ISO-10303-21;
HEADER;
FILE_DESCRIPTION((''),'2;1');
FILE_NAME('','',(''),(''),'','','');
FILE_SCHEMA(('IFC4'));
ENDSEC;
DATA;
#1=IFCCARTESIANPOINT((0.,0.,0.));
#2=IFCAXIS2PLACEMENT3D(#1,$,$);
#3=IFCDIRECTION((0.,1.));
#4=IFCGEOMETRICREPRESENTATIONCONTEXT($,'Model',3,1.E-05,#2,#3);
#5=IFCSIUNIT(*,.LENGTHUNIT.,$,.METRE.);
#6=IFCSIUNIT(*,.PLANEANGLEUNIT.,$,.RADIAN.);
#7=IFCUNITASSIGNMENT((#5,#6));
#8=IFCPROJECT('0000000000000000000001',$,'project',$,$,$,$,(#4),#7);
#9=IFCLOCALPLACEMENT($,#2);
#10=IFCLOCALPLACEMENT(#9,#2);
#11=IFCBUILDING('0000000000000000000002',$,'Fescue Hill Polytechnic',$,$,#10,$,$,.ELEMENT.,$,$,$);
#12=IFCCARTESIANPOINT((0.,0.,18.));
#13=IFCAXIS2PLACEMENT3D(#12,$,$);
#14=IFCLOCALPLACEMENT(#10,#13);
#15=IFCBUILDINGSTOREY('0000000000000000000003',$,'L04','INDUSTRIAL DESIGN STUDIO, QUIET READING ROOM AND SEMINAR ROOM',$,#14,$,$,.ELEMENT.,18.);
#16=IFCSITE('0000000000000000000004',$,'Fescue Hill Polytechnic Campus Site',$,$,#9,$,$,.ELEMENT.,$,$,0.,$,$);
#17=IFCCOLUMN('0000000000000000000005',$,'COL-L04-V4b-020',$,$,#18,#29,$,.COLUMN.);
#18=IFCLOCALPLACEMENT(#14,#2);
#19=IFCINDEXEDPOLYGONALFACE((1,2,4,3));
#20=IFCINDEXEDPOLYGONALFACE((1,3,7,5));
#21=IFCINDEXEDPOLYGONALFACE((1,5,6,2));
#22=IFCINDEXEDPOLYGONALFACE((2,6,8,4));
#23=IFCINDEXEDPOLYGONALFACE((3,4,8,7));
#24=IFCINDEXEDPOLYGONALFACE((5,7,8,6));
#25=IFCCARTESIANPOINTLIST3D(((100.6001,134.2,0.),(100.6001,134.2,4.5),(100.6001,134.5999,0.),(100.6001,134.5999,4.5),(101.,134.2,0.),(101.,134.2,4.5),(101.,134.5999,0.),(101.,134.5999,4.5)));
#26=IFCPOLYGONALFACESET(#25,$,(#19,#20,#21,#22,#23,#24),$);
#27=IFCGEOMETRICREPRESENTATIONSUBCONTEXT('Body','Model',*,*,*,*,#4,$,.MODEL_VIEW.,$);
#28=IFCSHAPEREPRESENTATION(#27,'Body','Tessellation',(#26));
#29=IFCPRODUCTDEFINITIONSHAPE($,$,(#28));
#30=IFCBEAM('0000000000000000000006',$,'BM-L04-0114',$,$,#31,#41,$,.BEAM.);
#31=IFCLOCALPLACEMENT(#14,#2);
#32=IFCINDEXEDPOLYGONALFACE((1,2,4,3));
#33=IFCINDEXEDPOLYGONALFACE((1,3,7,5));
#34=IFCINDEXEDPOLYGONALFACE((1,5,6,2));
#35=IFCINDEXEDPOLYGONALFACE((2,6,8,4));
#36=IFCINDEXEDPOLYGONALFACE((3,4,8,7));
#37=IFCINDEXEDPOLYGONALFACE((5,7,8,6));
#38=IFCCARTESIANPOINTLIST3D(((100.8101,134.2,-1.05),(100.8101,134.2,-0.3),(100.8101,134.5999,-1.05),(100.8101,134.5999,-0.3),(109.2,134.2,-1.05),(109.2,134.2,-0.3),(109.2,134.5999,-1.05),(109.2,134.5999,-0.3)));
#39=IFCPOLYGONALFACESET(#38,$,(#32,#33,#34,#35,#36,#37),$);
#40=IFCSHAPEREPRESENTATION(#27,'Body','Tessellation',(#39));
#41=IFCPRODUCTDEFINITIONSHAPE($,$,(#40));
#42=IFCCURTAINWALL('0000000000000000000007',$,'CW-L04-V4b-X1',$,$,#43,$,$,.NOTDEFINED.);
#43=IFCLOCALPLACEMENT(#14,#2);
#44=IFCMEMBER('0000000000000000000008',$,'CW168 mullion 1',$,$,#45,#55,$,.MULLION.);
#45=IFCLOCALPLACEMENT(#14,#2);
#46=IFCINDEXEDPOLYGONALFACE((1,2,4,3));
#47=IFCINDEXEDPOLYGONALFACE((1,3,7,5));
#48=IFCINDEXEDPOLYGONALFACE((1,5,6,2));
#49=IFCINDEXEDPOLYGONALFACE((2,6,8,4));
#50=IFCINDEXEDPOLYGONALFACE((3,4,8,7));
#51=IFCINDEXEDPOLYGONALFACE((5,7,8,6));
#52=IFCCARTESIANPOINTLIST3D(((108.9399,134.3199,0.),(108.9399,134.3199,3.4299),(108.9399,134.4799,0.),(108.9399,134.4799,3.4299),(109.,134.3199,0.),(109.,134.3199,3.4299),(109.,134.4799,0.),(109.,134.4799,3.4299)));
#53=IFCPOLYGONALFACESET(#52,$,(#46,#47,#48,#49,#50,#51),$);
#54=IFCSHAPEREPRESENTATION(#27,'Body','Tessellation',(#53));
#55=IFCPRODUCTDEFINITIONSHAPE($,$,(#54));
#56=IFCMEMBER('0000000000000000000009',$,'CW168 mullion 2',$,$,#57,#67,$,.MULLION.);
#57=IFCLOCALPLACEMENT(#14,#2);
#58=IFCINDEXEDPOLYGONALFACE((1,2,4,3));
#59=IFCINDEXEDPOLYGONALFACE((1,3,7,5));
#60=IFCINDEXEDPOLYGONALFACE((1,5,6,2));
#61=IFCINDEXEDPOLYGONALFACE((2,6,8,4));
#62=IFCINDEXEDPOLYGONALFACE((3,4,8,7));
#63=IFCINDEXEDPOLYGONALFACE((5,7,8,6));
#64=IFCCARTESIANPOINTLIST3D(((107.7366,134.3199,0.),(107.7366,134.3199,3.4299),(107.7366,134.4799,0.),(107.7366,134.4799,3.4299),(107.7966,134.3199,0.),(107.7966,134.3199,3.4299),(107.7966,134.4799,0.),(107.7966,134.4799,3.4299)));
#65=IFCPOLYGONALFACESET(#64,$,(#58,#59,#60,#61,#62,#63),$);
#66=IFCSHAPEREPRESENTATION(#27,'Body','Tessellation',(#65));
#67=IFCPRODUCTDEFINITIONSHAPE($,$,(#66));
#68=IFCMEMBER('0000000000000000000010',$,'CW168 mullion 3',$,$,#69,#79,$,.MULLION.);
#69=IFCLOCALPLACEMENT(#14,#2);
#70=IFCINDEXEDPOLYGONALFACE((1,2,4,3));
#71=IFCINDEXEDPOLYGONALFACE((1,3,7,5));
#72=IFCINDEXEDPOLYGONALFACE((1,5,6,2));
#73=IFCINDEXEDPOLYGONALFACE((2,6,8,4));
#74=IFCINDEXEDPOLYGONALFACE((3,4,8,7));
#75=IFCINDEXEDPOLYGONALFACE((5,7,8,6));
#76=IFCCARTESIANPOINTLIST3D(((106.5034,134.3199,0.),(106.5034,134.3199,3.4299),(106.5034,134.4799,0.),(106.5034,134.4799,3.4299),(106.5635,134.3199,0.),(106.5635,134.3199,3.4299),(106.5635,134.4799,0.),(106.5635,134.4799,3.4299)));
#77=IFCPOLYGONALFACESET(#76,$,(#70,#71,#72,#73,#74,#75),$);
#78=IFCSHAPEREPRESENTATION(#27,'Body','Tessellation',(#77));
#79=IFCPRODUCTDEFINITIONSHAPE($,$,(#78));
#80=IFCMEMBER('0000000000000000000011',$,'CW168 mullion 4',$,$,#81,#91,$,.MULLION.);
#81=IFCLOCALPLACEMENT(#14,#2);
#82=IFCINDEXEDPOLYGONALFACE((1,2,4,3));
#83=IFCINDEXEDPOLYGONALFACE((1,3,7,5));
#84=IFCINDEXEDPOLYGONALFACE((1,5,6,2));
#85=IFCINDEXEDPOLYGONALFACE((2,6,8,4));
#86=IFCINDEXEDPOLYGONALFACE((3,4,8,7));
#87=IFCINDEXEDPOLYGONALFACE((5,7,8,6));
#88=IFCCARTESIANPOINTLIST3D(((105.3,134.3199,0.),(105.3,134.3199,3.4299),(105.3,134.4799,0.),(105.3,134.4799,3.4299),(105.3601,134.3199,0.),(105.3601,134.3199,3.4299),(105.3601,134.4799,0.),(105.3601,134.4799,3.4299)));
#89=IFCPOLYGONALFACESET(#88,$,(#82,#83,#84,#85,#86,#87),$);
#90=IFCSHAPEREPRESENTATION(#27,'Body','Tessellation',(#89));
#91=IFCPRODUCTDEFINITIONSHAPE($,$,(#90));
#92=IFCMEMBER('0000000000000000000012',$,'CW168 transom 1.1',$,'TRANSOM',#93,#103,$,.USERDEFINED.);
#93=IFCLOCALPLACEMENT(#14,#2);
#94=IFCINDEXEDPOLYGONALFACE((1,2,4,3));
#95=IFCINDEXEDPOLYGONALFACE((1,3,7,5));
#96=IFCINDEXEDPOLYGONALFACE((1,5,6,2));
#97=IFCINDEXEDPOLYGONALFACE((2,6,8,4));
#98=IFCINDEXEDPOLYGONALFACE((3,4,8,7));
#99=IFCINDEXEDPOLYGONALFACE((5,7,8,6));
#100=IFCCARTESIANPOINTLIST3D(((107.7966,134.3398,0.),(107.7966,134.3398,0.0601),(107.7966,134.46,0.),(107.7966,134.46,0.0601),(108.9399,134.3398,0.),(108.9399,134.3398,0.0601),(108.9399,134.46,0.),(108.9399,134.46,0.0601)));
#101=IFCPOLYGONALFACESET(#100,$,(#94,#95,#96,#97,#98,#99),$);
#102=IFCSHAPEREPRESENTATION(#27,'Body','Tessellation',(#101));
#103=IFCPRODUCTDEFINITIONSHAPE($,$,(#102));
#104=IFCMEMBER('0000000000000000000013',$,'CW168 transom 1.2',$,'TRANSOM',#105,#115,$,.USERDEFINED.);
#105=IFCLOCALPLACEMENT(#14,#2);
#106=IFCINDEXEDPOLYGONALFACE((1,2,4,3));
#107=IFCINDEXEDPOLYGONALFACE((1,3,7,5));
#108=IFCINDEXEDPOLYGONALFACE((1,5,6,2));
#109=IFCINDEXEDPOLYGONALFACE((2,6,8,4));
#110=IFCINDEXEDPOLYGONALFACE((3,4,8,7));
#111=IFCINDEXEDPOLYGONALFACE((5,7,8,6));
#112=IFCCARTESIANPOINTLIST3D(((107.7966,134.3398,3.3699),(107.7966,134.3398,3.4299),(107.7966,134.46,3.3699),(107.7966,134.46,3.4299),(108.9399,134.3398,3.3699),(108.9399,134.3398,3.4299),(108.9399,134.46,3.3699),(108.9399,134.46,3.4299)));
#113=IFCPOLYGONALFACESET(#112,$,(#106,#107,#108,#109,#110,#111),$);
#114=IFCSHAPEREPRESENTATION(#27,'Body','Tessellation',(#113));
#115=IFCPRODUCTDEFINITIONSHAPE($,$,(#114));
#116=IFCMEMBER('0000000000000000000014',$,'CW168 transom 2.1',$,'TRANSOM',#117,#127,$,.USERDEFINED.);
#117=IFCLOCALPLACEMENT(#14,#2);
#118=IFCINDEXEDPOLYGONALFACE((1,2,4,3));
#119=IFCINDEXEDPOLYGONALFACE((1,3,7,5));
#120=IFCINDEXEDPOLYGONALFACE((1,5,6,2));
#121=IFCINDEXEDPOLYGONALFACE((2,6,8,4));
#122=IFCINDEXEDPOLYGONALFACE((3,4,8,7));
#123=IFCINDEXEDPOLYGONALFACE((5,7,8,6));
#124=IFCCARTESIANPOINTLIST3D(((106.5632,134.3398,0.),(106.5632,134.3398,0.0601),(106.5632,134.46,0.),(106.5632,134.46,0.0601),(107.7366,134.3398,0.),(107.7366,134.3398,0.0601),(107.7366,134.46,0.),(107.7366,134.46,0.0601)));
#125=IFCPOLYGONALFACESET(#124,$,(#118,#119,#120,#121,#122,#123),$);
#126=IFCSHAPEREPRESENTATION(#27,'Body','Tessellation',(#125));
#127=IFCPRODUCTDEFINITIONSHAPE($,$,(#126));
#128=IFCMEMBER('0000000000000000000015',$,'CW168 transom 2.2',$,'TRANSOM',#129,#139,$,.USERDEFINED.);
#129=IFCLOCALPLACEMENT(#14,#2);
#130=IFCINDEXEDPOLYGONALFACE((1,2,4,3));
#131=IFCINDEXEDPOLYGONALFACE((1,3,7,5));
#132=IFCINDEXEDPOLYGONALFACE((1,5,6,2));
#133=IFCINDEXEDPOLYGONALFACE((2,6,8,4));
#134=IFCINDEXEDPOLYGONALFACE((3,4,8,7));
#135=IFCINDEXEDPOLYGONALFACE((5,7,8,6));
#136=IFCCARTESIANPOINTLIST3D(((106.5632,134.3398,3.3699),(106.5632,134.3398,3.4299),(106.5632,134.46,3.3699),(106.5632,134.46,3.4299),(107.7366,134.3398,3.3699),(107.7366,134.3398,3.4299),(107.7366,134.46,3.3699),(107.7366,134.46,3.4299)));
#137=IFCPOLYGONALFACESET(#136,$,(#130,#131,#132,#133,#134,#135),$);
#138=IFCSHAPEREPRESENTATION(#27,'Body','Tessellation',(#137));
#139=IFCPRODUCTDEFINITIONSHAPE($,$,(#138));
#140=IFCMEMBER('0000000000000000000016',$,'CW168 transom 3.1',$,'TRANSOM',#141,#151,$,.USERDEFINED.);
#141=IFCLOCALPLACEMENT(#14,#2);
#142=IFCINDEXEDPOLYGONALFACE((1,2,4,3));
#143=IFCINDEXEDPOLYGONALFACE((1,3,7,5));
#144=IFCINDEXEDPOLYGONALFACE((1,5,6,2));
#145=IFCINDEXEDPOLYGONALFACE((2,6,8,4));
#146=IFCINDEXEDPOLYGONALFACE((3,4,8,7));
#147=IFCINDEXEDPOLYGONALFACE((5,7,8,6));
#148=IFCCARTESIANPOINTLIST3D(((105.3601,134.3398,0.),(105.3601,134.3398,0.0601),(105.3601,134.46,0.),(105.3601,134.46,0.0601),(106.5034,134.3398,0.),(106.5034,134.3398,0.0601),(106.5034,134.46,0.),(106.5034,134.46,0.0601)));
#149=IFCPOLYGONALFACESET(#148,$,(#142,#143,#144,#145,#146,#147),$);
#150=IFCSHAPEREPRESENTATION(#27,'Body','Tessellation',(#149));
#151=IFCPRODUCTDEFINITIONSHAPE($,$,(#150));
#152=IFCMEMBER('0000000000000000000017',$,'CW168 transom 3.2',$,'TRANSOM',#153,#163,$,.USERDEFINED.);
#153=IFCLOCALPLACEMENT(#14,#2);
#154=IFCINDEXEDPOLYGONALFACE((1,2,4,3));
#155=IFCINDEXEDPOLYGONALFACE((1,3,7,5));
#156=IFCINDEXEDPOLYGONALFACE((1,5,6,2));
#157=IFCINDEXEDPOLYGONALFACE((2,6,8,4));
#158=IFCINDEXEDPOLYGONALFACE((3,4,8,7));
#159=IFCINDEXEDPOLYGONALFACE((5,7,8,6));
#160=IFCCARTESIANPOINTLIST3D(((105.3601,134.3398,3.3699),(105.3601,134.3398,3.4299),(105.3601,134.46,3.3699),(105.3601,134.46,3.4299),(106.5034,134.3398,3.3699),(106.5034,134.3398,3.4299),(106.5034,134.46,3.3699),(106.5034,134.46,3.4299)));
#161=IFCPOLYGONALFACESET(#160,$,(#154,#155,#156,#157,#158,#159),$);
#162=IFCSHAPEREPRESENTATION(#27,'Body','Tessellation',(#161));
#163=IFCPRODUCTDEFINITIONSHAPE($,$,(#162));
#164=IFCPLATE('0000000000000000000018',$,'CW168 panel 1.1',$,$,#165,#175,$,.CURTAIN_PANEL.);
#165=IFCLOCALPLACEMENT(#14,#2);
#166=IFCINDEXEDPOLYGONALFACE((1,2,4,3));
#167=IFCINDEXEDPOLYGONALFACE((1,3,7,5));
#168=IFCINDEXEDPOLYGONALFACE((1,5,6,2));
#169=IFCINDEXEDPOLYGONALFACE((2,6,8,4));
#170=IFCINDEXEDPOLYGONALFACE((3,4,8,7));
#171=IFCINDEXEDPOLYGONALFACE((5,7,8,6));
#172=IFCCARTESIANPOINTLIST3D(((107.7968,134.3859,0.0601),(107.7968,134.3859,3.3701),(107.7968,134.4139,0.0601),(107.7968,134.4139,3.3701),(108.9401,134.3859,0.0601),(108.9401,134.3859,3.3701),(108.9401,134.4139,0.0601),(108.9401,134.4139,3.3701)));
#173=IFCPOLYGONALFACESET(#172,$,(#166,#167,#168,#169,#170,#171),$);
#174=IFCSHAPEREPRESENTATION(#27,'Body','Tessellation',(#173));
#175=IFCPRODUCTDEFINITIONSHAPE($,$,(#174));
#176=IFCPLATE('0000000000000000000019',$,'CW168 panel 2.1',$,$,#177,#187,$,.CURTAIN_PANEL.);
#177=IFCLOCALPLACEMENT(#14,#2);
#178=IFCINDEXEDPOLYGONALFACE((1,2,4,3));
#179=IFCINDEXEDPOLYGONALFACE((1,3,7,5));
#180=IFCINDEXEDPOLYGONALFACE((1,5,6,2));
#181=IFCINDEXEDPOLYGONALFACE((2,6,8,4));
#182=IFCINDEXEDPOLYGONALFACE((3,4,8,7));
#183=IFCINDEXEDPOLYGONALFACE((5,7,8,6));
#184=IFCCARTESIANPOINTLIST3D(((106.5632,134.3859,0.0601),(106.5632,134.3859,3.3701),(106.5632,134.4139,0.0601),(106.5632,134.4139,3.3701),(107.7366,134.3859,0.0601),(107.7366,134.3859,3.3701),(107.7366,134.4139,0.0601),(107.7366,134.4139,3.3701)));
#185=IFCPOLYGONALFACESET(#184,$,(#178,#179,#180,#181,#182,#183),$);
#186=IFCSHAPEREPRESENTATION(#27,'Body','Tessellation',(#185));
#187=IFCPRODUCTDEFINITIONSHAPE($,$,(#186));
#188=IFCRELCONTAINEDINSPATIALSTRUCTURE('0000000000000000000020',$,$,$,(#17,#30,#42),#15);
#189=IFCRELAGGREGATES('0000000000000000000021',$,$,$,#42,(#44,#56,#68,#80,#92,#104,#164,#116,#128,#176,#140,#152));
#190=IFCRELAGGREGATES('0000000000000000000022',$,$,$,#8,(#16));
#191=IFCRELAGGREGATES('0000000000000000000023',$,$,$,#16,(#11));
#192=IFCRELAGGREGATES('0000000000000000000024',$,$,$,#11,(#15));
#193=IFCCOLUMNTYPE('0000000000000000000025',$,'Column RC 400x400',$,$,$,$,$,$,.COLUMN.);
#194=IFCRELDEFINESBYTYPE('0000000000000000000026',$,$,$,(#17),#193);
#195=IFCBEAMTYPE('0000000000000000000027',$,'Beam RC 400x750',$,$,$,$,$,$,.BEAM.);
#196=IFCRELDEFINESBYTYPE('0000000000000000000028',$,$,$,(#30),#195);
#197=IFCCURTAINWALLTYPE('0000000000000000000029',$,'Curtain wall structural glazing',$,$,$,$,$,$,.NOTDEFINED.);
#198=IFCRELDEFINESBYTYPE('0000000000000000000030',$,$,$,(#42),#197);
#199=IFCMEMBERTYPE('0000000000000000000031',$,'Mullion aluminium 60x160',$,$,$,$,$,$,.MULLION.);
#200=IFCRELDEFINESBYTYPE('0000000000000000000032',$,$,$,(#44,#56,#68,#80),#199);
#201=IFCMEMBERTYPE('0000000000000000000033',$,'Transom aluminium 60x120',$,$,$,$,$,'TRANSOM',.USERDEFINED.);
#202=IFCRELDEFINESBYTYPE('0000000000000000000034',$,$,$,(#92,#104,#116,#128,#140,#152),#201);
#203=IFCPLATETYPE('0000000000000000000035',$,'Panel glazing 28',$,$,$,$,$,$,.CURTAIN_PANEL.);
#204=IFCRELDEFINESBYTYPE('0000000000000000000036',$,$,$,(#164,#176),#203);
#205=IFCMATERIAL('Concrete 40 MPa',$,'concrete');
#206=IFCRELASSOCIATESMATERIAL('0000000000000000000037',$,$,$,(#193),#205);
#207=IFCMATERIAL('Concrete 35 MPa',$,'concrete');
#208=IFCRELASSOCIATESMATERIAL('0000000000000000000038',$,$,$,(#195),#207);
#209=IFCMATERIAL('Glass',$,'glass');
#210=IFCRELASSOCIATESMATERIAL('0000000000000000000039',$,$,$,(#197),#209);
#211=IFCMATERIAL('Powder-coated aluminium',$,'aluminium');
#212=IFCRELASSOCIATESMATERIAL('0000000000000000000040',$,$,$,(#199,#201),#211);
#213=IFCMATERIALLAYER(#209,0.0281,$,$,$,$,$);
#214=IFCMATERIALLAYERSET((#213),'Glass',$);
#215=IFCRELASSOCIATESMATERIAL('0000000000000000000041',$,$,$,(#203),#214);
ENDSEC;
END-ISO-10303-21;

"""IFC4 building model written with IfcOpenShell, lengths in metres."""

from ifc_helpers import new_model, si_unit, direction, frame, origin, origin_2d, place, context, subcontext, project, spatial, rectangle, extrude, material, layer, layer_set, material_profile, profile_set, type_object, element, aggregate, save


model = new_model("IFC4")

# Units and contexts
model_context = context("Model", 3, precision=1e-05, world=origin(), true_north=direction((0.0, 1.0)))
body_context = subcontext(model_context, "Body", "Model", "MODEL_VIEW")
ifc_project = project(units=[si_unit("LENGTHUNIT", "METRE"), si_unit("PLANEANGLEUNIT", "RADIAN")], contexts=[model_context])

# Site, building, storey
site_placement = place(None, origin())
site = spatial("IfcSite", under=ifc_project, at=site_placement, Name="Fescue Hill Polytechnic Campus Site", CompositionType="ELEMENT", RefElevation=0.0)
building_placement = place(site_placement, origin())
building = spatial("IfcBuilding", under=site, at=building_placement, Name="Fescue Hill Polytechnic", CompositionType="ELEMENT")
storey_placement = place(building_placement, frame((0.0, 0.0, 18.0)))
storey = spatial("IfcBuildingStorey", under=building, at=storey_placement, Name="L04", Description="INDUSTRIAL DESIGN STUDIO, QUIET READING ROOM AND SEMINAR ROOM", CompositionType="ELEMENT", Elevation=18.0)

# Column
ifc_material_1 = material(Name="Concrete 40 MPa", Category="concrete")
ifc_material_profile_1 = material_profile(ifc_material_1, rectangle(XDim=0.3999, YDim=0.3999, at=origin_2d()), Name="RC 400x400")
ifc_profile_set_1 = profile_set([ifc_material_profile_1], Name="Concrete 40 MPa")
column_type = type_object("IfcColumnType", Name="Column RC 400x400", PredefinedType="COLUMN", material=ifc_profile_set_1)
column_placement = place(storey_placement, frame((100.8, 134.3999, 0.0), z_axis=(0.0, 0.0, 1.0), x_axis=(1.0, 0.0, 0.0)))
element("IfcColumn", 1, at=column_placement, inside=storey, type_object=column_type, Name="COL-L04-V4b-020", PredefinedType="COLUMN", context=body_context, shape_type="SweptSolid", body=[
    extrude(rectangle(XDim=0.3999, YDim=0.3999, at=origin_2d()), origin(), (0.0, 0.0, 1.0), 4.5),
])

# Beam
ifc_material_2 = material(Name="Concrete 35 MPa", Category="concrete")
ifc_material_profile_2 = material_profile(ifc_material_2, rectangle(XDim=0.3999, YDim=0.75, at=origin_2d()), Name="RC 400x750")
ifc_profile_set_2 = profile_set([ifc_material_profile_2], Name="Concrete 35 MPa")
beam_type = type_object("IfcBeamType", Name="Beam RC 400x750", PredefinedType="BEAM", material=ifc_profile_set_2)
beam_placement = place(storey_placement, frame((100.8101, 134.3999, -0.675), z_axis=(1.0, 0.0, 0.0), x_axis=(0.0, 1.0, 0.0)))
element("IfcBeam", 2, at=beam_placement, inside=storey, type_object=beam_type, Name="BM-L04-0114", PredefinedType="BEAM", context=body_context, shape_type="SweptSolid", body=[
    extrude(rectangle(XDim=0.3999, YDim=0.75, at=origin_2d()), origin(), (0.0, 0.0, 1.0), 8.3899),
])

# Curtain wall, members, plates
ifc_material_3 = material(Name="Glass", Category="glass")
curtain_wall_type = type_object("IfcCurtainWallType", Name="Curtain wall structural glazing", PredefinedType="NOTDEFINED", material=ifc_material_3)
curtain_wall_placement = place(storey_placement, origin())
curtain_wall = element("IfcCurtainWall", 3, at=curtain_wall_placement, inside=storey, type_object=curtain_wall_type, Name="CW-L04-V4b-X1", PredefinedType="NOTDEFINED")
ifc_material_4 = material(Name="Powder-coated aluminium", Category="aluminium")
ifc_material_profile_3 = material_profile(ifc_material_4, rectangle(XDim=0.1599, YDim=0.0601, at=origin_2d()), Name="Mullion aluminium 60x160")
ifc_profile_set_3 = profile_set([ifc_material_profile_3], Name="Powder-coated aluminium")
member_type_1 = type_object("IfcMemberType", Name="Mullion aluminium 60x160", PredefinedType="MULLION", material=ifc_profile_set_3)
member_1_placement = place(storey_placement, frame((108.97, 134.3999, 0.0), z_axis=(0.0, 0.0, 1.0), x_axis=(0.0, -1.0, 0.0)))
member_1 = element("IfcMember", 4, at=member_1_placement, type_object=member_type_1, Name="CW168 mullion 1", PredefinedType="MULLION", context=body_context, shape_type="SweptSolid", body=[
    extrude(rectangle(XDim=0.1599, YDim=0.0601, at=origin_2d()), origin(), (0.0, 0.0, 1.0), 3.4299),
])
member_2_placement = place(storey_placement, frame((107.7666, 134.3999, 0.0), z_axis=(0.0, 0.0, 1.0), x_axis=(0.0, -1.0, 0.0)))
member_2 = element("IfcMember", 5, at=member_2_placement, type_object=member_type_1, Name="CW168 mullion 2", PredefinedType="MULLION", context=body_context, shape_type="SweptSolid", body=[
    extrude(rectangle(XDim=0.1599, YDim=0.0601, at=origin_2d()), origin(), (0.0, 0.0, 1.0), 3.4299),
])
member_3_placement = place(storey_placement, frame((106.5334, 134.3999, 0.0), z_axis=(0.0, 0.0, 1.0), x_axis=(0.0, -1.0, 0.0)))
member_3 = element("IfcMember", 6, at=member_3_placement, type_object=member_type_1, Name="CW168 mullion 3", PredefinedType="MULLION", context=body_context, shape_type="SweptSolid", body=[
    extrude(rectangle(XDim=0.1599, YDim=0.0601, at=origin_2d()), origin(), (0.0, 0.0, 1.0), 3.4299),
])
member_4_placement = place(storey_placement, frame((105.3301, 134.3999, 0.0), z_axis=(0.0, 0.0, 1.0), x_axis=(0.0, -1.0, 0.0)))
member_4 = element("IfcMember", 7, at=member_4_placement, type_object=member_type_1, Name="CW168 mullion 4", PredefinedType="MULLION", context=body_context, shape_type="SweptSolid", body=[
    extrude(rectangle(XDim=0.1599, YDim=0.0601, at=origin_2d()), origin(), (0.0, 0.0, 1.0), 3.4299),
])
ifc_material_profile_4 = material_profile(ifc_material_4, rectangle(XDim=0.1201, YDim=0.0601, at=origin_2d()), Name="Transom aluminium 60x120")
ifc_profile_set_4 = profile_set([ifc_material_profile_4], Name="Powder-coated aluminium")
member_type_2 = type_object("IfcMemberType", Name="Transom aluminium 60x120", ElementType="TRANSOM", PredefinedType="USERDEFINED", material=ifc_profile_set_4)
member_5_placement = place(storey_placement, frame((108.9399, 134.3999, 0.03), z_axis=(-1.0, 0.0, 0.0), x_axis=(0.0, -1.0, 0.0)))
member_5 = element("IfcMember", 8, at=member_5_placement, type_object=member_type_2, Name="CW168 transom 1.1", ObjectType="TRANSOM", PredefinedType="USERDEFINED", context=body_context, shape_type="SweptSolid", body=[
    extrude(rectangle(XDim=0.1201, YDim=0.0601, at=origin_2d()), origin(), (0.0, 0.0, 1.0), 1.1433),
])
member_6_placement = place(storey_placement, frame((108.9399, 134.3999, 3.3999), z_axis=(-1.0, 0.0, 0.0), x_axis=(0.0, -1.0, 0.0)))
member_6 = element("IfcMember", 9, at=member_6_placement, type_object=member_type_2, Name="CW168 transom 1.2", ObjectType="TRANSOM", PredefinedType="USERDEFINED", context=body_context, shape_type="SweptSolid", body=[
    extrude(rectangle(XDim=0.1201, YDim=0.0601, at=origin_2d()), origin(), (0.0, 0.0, 1.0), 1.1433),
])
member_7_placement = place(storey_placement, frame((107.7366, 134.3999, 0.03), z_axis=(-1.0, 0.0, 0.0), x_axis=(0.0, -1.0, 0.0)))
member_7 = element("IfcMember", 10, at=member_7_placement, type_object=member_type_2, Name="CW168 transom 2.1", ObjectType="TRANSOM", PredefinedType="USERDEFINED", context=body_context, shape_type="SweptSolid", body=[
    extrude(rectangle(XDim=0.1201, YDim=0.0601, at=origin_2d()), origin(), (0.0, 0.0, 1.0), 1.1733),
])
member_8_placement = place(storey_placement, frame((107.7366, 134.3999, 3.3999), z_axis=(-1.0, 0.0, 0.0), x_axis=(0.0, -1.0, 0.0)))
member_8 = element("IfcMember", 11, at=member_8_placement, type_object=member_type_2, Name="CW168 transom 2.2", ObjectType="TRANSOM", PredefinedType="USERDEFINED", context=body_context, shape_type="SweptSolid", body=[
    extrude(rectangle(XDim=0.1201, YDim=0.0601, at=origin_2d()), origin(), (0.0, 0.0, 1.0), 1.1733),
])
member_9_placement = place(storey_placement, frame((106.5034, 134.3999, 0.03), z_axis=(-1.0, 0.0, 0.0), x_axis=(0.0, -1.0, 0.0)))
member_9 = element("IfcMember", 12, at=member_9_placement, type_object=member_type_2, Name="CW168 transom 3.1", ObjectType="TRANSOM", PredefinedType="USERDEFINED", context=body_context, shape_type="SweptSolid", body=[
    extrude(rectangle(XDim=0.1201, YDim=0.0601, at=origin_2d()), origin(), (0.0, 0.0, 1.0), 1.1433),
])
member_10_placement = place(storey_placement, frame((106.5034, 134.3999, 3.3999), z_axis=(-1.0, 0.0, 0.0), x_axis=(0.0, -1.0, 0.0)))
member_10 = element("IfcMember", 13, at=member_10_placement, type_object=member_type_2, Name="CW168 transom 3.2", ObjectType="TRANSOM", PredefinedType="USERDEFINED", context=body_context, shape_type="SweptSolid", body=[
    extrude(rectangle(XDim=0.1201, YDim=0.0601, at=origin_2d()), origin(), (0.0, 0.0, 1.0), 1.1433),
])
ifc_layer_1 = layer(ifc_material_3, 0.0281)
ifc_layer_set_1 = layer_set([ifc_layer_1], Name="Glass")
plate_type = type_object("IfcPlateType", Name="Panel glazing 28", PredefinedType="CURTAIN_PANEL", material=ifc_layer_set_1)
plate_1_placement = place(storey_placement, frame((108.3684, 134.3999, 0.0601), z_axis=(0.0, 0.0, 1.0), x_axis=(-1.0, 0.0, 0.0)))
plate_1 = element("IfcPlate", 14, at=plate_1_placement, type_object=plate_type, Name="CW168 panel 1.1", PredefinedType="CURTAIN_PANEL", context=body_context, shape_type="SweptSolid", body=[
    extrude(rectangle(XDim=1.1433, YDim=0.0281, at=origin_2d()), origin(), (0.0, 0.0, 1.0), 3.3101),
])
plate_2_placement = place(storey_placement, frame((107.1499, 134.3999, 0.0601), z_axis=(0.0, 0.0, 1.0), x_axis=(-1.0, 0.0, 0.0)))
plate_2 = element("IfcPlate", 15, at=plate_2_placement, type_object=plate_type, Name="CW168 panel 2.1", PredefinedType="CURTAIN_PANEL", context=body_context, shape_type="SweptSolid", body=[
    extrude(rectangle(XDim=1.1733, YDim=0.0281, at=origin_2d()), origin(), (0.0, 0.0, 1.0), 3.3101),
])
aggregate(curtain_wall, [member_1, member_2, member_3, member_4, member_5, member_6, plate_1, member_7, member_8, plate_2, member_9, member_10])

save(model, "model.ifc")
